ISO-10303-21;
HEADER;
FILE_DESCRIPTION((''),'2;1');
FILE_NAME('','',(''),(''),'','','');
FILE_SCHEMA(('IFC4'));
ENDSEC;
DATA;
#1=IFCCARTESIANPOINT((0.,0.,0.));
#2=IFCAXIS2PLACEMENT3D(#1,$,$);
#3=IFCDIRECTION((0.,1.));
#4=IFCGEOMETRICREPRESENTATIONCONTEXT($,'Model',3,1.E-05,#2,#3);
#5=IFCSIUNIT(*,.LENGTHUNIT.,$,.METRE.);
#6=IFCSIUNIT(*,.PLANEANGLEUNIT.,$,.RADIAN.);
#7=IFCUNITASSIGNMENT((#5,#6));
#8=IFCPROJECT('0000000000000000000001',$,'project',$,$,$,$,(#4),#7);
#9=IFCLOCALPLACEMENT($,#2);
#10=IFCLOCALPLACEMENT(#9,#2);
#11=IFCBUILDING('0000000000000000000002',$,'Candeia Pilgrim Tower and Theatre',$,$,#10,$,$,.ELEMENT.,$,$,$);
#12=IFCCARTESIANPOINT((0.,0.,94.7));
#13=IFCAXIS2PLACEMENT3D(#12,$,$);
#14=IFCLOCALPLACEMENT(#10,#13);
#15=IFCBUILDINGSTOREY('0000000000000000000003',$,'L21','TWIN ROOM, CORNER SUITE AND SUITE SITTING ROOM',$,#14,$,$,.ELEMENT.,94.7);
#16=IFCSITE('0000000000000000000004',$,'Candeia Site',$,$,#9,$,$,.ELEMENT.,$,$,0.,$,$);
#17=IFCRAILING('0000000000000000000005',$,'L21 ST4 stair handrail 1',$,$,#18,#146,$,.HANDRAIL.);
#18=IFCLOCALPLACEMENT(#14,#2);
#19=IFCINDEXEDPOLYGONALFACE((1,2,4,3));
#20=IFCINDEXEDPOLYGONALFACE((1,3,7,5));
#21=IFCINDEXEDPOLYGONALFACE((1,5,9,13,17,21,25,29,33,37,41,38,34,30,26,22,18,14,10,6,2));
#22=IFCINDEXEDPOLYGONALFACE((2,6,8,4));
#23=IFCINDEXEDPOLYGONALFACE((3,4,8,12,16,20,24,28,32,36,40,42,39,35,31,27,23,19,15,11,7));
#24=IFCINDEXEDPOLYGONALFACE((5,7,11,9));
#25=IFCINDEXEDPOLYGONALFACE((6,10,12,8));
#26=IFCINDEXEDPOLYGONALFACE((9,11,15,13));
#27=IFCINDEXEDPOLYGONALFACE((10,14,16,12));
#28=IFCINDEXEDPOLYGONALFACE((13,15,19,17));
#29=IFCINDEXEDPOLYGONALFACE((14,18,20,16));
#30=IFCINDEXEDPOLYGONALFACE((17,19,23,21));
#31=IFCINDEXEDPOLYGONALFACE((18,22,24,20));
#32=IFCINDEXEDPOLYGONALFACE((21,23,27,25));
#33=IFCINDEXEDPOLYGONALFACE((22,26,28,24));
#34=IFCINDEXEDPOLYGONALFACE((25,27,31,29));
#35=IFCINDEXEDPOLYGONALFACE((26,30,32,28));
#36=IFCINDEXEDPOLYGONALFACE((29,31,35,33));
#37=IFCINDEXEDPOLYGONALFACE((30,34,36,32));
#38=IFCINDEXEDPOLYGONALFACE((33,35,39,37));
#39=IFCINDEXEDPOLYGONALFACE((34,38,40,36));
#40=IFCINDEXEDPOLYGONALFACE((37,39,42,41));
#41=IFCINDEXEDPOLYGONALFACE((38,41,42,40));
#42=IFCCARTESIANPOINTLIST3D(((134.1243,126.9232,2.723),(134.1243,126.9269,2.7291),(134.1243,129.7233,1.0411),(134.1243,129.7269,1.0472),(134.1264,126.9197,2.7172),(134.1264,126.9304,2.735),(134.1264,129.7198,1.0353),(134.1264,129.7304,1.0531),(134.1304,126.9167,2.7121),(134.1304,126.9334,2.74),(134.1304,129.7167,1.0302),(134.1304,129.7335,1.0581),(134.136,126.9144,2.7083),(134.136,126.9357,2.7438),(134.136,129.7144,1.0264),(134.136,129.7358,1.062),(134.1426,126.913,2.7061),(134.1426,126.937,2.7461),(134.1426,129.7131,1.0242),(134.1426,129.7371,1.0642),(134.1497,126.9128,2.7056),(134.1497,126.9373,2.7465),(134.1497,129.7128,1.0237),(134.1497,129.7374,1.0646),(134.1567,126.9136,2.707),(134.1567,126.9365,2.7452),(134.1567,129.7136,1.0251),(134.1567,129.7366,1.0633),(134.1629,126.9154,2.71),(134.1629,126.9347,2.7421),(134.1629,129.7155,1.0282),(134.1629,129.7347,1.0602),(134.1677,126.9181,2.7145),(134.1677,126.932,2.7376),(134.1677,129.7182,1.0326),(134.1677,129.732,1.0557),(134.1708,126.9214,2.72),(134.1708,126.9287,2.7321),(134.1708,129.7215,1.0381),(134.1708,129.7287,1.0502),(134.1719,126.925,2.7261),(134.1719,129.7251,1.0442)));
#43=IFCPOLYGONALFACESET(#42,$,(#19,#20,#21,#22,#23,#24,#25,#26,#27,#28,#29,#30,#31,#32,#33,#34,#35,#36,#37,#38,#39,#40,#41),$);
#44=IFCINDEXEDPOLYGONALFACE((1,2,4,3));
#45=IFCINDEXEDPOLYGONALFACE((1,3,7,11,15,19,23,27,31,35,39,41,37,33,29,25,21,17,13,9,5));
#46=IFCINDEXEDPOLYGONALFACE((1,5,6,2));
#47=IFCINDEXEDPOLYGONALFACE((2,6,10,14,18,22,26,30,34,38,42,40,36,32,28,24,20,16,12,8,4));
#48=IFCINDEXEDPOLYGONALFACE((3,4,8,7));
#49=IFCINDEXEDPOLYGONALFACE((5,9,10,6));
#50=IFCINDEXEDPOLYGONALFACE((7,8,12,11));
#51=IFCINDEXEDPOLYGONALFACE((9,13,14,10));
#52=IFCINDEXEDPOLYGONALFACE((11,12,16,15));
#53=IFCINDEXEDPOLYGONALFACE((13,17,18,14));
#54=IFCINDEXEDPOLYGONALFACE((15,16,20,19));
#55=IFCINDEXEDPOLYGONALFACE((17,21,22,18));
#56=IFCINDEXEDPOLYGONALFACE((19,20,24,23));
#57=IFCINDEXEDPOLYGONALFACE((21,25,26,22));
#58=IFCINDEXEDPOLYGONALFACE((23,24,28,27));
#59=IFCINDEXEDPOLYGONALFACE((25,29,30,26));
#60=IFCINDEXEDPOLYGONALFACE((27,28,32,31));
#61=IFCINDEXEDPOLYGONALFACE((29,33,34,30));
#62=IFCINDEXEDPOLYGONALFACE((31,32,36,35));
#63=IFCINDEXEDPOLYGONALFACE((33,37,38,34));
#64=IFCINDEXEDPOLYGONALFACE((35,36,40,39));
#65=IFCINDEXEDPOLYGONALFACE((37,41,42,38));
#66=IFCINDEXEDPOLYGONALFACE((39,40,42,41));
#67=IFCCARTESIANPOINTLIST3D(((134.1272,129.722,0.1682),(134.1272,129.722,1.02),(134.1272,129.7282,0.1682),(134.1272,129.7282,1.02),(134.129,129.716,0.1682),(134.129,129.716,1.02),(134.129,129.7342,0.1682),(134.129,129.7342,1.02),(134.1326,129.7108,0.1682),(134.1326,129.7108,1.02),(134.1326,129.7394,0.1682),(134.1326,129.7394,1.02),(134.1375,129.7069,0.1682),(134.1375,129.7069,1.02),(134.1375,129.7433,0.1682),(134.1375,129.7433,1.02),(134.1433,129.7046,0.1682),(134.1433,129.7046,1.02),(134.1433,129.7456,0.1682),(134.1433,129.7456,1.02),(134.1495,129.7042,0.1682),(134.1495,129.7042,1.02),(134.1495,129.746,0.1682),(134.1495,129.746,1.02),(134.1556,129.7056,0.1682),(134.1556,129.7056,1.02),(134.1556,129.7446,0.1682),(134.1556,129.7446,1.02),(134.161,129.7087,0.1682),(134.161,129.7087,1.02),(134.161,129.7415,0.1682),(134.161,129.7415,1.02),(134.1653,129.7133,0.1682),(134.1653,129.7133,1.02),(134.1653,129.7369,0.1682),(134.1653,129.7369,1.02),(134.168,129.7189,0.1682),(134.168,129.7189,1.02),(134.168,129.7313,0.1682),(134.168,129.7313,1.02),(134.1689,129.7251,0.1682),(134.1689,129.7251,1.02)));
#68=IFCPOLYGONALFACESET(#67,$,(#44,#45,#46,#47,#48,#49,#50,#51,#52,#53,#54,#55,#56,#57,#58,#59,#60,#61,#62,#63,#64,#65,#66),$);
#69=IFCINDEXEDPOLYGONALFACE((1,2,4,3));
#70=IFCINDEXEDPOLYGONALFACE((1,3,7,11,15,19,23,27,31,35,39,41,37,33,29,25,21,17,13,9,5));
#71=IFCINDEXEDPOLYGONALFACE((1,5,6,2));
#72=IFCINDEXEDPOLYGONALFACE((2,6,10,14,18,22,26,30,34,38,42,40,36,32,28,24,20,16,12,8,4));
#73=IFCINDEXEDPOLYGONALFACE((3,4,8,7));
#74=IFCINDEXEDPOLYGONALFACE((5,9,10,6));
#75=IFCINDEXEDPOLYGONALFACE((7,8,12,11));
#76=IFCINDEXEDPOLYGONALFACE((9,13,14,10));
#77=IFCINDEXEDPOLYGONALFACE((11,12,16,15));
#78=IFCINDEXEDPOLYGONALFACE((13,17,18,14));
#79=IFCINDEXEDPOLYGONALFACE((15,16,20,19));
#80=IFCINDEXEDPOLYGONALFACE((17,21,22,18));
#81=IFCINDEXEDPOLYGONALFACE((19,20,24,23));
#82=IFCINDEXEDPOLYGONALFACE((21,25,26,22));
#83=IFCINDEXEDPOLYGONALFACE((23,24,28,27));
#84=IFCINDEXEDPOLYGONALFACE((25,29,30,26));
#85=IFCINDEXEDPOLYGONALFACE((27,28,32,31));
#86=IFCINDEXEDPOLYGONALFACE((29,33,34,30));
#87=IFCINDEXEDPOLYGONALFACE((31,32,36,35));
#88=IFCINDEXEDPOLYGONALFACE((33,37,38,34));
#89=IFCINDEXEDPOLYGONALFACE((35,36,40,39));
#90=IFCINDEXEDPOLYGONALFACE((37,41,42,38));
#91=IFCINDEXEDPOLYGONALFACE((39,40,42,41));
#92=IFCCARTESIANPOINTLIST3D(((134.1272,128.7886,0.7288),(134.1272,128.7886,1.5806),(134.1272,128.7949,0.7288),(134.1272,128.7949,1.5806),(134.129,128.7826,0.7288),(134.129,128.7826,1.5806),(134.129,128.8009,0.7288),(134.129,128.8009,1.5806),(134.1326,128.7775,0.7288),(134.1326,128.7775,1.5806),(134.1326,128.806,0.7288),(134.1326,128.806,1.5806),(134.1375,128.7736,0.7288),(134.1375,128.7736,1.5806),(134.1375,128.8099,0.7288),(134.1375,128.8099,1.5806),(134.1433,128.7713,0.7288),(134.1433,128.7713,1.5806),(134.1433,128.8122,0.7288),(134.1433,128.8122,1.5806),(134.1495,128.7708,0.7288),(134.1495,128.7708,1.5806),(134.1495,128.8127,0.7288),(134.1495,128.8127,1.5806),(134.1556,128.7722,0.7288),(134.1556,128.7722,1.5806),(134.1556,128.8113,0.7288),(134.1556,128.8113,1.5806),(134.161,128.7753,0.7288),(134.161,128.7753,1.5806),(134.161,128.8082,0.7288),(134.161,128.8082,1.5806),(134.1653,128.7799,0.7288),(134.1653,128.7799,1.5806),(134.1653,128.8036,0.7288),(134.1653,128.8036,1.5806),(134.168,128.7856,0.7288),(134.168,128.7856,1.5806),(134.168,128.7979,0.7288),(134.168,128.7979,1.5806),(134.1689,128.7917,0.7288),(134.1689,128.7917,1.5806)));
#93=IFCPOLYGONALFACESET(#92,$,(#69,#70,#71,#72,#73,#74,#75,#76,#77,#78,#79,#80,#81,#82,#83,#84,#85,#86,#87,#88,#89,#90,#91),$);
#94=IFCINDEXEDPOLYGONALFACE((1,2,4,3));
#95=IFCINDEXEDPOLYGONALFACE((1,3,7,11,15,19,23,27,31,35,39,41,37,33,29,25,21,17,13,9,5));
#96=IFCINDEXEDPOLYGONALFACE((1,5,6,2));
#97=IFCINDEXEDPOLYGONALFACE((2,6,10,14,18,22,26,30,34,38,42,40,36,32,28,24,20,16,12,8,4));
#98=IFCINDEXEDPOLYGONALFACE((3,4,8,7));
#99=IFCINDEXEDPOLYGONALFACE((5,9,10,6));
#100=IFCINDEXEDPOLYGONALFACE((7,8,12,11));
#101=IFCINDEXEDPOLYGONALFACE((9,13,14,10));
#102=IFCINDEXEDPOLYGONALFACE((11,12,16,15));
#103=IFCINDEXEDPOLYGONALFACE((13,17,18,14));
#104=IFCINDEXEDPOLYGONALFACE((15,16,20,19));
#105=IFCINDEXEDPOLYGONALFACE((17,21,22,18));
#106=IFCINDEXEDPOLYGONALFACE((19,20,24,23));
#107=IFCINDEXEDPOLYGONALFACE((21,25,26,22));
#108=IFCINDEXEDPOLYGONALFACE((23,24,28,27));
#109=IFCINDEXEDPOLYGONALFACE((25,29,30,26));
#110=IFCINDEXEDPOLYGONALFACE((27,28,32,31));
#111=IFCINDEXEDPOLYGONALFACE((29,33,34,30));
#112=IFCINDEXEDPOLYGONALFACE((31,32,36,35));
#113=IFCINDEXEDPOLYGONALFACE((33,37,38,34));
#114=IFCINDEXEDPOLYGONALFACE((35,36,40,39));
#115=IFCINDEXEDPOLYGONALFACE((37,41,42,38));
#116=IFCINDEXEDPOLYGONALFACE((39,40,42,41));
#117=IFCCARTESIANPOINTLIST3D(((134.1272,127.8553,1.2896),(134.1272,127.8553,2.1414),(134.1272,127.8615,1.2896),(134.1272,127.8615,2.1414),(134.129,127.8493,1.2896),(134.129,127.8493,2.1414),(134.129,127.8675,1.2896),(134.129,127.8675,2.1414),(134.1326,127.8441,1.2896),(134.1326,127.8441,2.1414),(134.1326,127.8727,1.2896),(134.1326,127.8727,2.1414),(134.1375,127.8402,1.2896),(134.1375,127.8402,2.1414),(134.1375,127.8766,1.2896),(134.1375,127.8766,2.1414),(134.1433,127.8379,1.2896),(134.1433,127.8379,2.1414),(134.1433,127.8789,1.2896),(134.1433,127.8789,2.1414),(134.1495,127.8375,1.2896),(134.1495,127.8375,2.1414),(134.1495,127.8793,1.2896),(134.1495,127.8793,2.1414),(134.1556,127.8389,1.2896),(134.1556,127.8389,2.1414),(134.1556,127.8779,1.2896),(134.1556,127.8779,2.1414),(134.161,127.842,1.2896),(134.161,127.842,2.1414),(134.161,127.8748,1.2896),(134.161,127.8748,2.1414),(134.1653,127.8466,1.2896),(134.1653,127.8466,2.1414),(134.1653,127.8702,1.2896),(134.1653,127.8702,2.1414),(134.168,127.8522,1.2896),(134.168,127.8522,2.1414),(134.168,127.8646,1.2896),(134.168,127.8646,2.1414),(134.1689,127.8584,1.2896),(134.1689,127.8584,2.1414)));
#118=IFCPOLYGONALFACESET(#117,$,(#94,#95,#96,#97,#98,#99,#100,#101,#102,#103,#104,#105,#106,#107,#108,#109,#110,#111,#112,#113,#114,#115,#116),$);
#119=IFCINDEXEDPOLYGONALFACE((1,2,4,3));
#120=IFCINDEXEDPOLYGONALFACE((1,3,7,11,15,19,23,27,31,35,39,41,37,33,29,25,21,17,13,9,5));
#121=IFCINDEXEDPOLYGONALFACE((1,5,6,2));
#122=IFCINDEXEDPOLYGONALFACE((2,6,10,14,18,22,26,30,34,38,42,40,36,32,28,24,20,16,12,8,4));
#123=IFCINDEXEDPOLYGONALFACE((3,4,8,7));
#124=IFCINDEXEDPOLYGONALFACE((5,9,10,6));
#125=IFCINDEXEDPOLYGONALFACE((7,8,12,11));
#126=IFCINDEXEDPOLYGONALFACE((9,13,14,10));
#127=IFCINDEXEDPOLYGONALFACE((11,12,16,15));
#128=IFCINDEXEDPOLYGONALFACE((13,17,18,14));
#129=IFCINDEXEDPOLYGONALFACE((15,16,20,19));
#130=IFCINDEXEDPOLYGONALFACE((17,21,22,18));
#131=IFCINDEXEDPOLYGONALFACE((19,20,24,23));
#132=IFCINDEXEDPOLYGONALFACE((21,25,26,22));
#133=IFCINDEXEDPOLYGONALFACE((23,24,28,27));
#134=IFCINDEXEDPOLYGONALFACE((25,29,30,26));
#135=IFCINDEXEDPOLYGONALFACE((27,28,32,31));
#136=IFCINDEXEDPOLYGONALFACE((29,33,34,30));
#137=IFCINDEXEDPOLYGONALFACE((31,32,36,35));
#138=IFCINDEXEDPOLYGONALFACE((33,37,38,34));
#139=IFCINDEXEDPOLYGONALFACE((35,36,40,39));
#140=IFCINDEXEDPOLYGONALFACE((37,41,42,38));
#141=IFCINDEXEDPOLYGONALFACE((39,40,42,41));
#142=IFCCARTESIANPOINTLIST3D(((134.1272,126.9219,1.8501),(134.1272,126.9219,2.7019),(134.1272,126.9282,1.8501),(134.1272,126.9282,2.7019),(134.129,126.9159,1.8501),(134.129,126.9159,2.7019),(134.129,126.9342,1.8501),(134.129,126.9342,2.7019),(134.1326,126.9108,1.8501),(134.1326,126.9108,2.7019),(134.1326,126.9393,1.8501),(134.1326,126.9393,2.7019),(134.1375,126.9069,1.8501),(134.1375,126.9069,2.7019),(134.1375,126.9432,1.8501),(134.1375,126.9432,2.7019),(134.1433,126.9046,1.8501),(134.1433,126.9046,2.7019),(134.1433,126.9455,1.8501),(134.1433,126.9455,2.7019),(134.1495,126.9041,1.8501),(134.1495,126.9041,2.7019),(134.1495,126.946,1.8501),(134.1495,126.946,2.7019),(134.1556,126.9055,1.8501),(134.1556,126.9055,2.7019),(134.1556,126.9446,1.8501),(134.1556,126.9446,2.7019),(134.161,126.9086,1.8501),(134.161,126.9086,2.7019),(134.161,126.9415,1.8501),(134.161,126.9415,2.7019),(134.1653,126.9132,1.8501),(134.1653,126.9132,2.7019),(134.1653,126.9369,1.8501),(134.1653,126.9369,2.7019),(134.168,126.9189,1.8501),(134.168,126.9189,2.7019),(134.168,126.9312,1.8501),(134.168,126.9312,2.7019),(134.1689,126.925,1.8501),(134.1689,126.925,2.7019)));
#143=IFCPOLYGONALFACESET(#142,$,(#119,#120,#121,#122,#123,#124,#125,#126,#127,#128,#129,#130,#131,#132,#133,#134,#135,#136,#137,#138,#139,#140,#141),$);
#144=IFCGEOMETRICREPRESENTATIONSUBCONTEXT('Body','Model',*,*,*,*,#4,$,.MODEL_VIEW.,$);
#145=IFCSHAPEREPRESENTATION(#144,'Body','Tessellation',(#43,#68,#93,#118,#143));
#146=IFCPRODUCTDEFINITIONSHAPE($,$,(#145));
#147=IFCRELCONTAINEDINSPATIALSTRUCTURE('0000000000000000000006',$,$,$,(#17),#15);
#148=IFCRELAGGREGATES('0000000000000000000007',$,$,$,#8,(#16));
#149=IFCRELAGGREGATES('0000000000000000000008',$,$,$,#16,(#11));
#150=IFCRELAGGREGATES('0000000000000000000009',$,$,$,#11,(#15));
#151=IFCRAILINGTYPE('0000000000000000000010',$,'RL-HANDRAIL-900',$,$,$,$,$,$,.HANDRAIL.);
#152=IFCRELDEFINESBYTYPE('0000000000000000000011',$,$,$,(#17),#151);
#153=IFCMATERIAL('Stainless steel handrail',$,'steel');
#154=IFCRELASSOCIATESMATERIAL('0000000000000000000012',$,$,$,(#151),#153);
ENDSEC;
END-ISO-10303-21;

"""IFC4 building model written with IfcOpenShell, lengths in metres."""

from ifc_helpers import new_model, si_unit, direction, frame, origin, origin_2d, place, context, subcontext, project, spatial, circle, extrude, material, type_object, element, save


model = new_model("IFC4")

# Units and contexts
model_context = context("Model", 3, precision=1e-05, world=origin(), true_north=direction((0.0, 1.0)))
body_context = subcontext(model_context, "Body", "Model", "MODEL_VIEW")
ifc_project = project(units=[si_unit("LENGTHUNIT", "METRE"), si_unit("PLANEANGLEUNIT", "RADIAN")], contexts=[model_context])

# Site, building, storey
site_placement = place(None, origin())
site = spatial("IfcSite", under=ifc_project, at=site_placement, Name="Candeia Site", CompositionType="ELEMENT", RefElevation=0.0)
building_placement = place(site_placement, origin())
building = spatial("IfcBuilding", under=site, at=building_placement, Name="Candeia Pilgrim Tower and Theatre", CompositionType="ELEMENT")
storey_placement = place(building_placement, frame((0.0, 0.0, 94.7)))
storey = spatial("IfcBuildingStorey", under=building, at=storey_placement, Name="L21", Description="TWIN ROOM, CORNER SUITE AND SUITE SITTING ROOM", CompositionType="ELEMENT", Elevation=94.7)

# Railing
ifc_material_1 = material(Name="Stainless steel handrail", Category="steel")
railing_type_1 = type_object("IfcRailingType", Name="RL-HANDRAIL-900", PredefinedType="HANDRAIL", material=ifc_material_1)
railing_1_placement = place(storey_placement, frame((134.1479, 129.7251, 0.1682)))
element("IfcRailing", 1, at=railing_1_placement, inside=storey, type_object=railing_type_1, Name="L21 ST4 stair handrail 1", PredefinedType="HANDRAIL", context=body_context, shape_type="SweptSolid", body=[
    extrude(circle(Radius=0.0239, at=origin_2d()), frame((0.0, 0.0, 0.876), z_axis=(0.0, -0.857242, 0.514913), x_axis=(1.0, 0.0, 0.0)), (0.0, 0.0, 1.0), 3.2664),
    extrude(circle(Radius=0.021, at=origin_2d()), origin(), (0.0, 0.0, 1.0), 0.8518),
    extrude(circle(Radius=0.021, at=origin_2d()), frame((0.0, -0.9333, 0.5605)), (0.0, 0.0, 1.0), 0.8518),
    extrude(circle(Radius=0.021, at=origin_2d()), frame((0.0, -1.8667, 1.1213)), (0.0, 0.0, 1.0), 0.8518),
    extrude(circle(Radius=0.021, at=origin_2d()), frame((0.0, -2.8, 1.6819)), (0.0, 0.0, 1.0), 0.8518),
])

save(model, "model.ifc")
